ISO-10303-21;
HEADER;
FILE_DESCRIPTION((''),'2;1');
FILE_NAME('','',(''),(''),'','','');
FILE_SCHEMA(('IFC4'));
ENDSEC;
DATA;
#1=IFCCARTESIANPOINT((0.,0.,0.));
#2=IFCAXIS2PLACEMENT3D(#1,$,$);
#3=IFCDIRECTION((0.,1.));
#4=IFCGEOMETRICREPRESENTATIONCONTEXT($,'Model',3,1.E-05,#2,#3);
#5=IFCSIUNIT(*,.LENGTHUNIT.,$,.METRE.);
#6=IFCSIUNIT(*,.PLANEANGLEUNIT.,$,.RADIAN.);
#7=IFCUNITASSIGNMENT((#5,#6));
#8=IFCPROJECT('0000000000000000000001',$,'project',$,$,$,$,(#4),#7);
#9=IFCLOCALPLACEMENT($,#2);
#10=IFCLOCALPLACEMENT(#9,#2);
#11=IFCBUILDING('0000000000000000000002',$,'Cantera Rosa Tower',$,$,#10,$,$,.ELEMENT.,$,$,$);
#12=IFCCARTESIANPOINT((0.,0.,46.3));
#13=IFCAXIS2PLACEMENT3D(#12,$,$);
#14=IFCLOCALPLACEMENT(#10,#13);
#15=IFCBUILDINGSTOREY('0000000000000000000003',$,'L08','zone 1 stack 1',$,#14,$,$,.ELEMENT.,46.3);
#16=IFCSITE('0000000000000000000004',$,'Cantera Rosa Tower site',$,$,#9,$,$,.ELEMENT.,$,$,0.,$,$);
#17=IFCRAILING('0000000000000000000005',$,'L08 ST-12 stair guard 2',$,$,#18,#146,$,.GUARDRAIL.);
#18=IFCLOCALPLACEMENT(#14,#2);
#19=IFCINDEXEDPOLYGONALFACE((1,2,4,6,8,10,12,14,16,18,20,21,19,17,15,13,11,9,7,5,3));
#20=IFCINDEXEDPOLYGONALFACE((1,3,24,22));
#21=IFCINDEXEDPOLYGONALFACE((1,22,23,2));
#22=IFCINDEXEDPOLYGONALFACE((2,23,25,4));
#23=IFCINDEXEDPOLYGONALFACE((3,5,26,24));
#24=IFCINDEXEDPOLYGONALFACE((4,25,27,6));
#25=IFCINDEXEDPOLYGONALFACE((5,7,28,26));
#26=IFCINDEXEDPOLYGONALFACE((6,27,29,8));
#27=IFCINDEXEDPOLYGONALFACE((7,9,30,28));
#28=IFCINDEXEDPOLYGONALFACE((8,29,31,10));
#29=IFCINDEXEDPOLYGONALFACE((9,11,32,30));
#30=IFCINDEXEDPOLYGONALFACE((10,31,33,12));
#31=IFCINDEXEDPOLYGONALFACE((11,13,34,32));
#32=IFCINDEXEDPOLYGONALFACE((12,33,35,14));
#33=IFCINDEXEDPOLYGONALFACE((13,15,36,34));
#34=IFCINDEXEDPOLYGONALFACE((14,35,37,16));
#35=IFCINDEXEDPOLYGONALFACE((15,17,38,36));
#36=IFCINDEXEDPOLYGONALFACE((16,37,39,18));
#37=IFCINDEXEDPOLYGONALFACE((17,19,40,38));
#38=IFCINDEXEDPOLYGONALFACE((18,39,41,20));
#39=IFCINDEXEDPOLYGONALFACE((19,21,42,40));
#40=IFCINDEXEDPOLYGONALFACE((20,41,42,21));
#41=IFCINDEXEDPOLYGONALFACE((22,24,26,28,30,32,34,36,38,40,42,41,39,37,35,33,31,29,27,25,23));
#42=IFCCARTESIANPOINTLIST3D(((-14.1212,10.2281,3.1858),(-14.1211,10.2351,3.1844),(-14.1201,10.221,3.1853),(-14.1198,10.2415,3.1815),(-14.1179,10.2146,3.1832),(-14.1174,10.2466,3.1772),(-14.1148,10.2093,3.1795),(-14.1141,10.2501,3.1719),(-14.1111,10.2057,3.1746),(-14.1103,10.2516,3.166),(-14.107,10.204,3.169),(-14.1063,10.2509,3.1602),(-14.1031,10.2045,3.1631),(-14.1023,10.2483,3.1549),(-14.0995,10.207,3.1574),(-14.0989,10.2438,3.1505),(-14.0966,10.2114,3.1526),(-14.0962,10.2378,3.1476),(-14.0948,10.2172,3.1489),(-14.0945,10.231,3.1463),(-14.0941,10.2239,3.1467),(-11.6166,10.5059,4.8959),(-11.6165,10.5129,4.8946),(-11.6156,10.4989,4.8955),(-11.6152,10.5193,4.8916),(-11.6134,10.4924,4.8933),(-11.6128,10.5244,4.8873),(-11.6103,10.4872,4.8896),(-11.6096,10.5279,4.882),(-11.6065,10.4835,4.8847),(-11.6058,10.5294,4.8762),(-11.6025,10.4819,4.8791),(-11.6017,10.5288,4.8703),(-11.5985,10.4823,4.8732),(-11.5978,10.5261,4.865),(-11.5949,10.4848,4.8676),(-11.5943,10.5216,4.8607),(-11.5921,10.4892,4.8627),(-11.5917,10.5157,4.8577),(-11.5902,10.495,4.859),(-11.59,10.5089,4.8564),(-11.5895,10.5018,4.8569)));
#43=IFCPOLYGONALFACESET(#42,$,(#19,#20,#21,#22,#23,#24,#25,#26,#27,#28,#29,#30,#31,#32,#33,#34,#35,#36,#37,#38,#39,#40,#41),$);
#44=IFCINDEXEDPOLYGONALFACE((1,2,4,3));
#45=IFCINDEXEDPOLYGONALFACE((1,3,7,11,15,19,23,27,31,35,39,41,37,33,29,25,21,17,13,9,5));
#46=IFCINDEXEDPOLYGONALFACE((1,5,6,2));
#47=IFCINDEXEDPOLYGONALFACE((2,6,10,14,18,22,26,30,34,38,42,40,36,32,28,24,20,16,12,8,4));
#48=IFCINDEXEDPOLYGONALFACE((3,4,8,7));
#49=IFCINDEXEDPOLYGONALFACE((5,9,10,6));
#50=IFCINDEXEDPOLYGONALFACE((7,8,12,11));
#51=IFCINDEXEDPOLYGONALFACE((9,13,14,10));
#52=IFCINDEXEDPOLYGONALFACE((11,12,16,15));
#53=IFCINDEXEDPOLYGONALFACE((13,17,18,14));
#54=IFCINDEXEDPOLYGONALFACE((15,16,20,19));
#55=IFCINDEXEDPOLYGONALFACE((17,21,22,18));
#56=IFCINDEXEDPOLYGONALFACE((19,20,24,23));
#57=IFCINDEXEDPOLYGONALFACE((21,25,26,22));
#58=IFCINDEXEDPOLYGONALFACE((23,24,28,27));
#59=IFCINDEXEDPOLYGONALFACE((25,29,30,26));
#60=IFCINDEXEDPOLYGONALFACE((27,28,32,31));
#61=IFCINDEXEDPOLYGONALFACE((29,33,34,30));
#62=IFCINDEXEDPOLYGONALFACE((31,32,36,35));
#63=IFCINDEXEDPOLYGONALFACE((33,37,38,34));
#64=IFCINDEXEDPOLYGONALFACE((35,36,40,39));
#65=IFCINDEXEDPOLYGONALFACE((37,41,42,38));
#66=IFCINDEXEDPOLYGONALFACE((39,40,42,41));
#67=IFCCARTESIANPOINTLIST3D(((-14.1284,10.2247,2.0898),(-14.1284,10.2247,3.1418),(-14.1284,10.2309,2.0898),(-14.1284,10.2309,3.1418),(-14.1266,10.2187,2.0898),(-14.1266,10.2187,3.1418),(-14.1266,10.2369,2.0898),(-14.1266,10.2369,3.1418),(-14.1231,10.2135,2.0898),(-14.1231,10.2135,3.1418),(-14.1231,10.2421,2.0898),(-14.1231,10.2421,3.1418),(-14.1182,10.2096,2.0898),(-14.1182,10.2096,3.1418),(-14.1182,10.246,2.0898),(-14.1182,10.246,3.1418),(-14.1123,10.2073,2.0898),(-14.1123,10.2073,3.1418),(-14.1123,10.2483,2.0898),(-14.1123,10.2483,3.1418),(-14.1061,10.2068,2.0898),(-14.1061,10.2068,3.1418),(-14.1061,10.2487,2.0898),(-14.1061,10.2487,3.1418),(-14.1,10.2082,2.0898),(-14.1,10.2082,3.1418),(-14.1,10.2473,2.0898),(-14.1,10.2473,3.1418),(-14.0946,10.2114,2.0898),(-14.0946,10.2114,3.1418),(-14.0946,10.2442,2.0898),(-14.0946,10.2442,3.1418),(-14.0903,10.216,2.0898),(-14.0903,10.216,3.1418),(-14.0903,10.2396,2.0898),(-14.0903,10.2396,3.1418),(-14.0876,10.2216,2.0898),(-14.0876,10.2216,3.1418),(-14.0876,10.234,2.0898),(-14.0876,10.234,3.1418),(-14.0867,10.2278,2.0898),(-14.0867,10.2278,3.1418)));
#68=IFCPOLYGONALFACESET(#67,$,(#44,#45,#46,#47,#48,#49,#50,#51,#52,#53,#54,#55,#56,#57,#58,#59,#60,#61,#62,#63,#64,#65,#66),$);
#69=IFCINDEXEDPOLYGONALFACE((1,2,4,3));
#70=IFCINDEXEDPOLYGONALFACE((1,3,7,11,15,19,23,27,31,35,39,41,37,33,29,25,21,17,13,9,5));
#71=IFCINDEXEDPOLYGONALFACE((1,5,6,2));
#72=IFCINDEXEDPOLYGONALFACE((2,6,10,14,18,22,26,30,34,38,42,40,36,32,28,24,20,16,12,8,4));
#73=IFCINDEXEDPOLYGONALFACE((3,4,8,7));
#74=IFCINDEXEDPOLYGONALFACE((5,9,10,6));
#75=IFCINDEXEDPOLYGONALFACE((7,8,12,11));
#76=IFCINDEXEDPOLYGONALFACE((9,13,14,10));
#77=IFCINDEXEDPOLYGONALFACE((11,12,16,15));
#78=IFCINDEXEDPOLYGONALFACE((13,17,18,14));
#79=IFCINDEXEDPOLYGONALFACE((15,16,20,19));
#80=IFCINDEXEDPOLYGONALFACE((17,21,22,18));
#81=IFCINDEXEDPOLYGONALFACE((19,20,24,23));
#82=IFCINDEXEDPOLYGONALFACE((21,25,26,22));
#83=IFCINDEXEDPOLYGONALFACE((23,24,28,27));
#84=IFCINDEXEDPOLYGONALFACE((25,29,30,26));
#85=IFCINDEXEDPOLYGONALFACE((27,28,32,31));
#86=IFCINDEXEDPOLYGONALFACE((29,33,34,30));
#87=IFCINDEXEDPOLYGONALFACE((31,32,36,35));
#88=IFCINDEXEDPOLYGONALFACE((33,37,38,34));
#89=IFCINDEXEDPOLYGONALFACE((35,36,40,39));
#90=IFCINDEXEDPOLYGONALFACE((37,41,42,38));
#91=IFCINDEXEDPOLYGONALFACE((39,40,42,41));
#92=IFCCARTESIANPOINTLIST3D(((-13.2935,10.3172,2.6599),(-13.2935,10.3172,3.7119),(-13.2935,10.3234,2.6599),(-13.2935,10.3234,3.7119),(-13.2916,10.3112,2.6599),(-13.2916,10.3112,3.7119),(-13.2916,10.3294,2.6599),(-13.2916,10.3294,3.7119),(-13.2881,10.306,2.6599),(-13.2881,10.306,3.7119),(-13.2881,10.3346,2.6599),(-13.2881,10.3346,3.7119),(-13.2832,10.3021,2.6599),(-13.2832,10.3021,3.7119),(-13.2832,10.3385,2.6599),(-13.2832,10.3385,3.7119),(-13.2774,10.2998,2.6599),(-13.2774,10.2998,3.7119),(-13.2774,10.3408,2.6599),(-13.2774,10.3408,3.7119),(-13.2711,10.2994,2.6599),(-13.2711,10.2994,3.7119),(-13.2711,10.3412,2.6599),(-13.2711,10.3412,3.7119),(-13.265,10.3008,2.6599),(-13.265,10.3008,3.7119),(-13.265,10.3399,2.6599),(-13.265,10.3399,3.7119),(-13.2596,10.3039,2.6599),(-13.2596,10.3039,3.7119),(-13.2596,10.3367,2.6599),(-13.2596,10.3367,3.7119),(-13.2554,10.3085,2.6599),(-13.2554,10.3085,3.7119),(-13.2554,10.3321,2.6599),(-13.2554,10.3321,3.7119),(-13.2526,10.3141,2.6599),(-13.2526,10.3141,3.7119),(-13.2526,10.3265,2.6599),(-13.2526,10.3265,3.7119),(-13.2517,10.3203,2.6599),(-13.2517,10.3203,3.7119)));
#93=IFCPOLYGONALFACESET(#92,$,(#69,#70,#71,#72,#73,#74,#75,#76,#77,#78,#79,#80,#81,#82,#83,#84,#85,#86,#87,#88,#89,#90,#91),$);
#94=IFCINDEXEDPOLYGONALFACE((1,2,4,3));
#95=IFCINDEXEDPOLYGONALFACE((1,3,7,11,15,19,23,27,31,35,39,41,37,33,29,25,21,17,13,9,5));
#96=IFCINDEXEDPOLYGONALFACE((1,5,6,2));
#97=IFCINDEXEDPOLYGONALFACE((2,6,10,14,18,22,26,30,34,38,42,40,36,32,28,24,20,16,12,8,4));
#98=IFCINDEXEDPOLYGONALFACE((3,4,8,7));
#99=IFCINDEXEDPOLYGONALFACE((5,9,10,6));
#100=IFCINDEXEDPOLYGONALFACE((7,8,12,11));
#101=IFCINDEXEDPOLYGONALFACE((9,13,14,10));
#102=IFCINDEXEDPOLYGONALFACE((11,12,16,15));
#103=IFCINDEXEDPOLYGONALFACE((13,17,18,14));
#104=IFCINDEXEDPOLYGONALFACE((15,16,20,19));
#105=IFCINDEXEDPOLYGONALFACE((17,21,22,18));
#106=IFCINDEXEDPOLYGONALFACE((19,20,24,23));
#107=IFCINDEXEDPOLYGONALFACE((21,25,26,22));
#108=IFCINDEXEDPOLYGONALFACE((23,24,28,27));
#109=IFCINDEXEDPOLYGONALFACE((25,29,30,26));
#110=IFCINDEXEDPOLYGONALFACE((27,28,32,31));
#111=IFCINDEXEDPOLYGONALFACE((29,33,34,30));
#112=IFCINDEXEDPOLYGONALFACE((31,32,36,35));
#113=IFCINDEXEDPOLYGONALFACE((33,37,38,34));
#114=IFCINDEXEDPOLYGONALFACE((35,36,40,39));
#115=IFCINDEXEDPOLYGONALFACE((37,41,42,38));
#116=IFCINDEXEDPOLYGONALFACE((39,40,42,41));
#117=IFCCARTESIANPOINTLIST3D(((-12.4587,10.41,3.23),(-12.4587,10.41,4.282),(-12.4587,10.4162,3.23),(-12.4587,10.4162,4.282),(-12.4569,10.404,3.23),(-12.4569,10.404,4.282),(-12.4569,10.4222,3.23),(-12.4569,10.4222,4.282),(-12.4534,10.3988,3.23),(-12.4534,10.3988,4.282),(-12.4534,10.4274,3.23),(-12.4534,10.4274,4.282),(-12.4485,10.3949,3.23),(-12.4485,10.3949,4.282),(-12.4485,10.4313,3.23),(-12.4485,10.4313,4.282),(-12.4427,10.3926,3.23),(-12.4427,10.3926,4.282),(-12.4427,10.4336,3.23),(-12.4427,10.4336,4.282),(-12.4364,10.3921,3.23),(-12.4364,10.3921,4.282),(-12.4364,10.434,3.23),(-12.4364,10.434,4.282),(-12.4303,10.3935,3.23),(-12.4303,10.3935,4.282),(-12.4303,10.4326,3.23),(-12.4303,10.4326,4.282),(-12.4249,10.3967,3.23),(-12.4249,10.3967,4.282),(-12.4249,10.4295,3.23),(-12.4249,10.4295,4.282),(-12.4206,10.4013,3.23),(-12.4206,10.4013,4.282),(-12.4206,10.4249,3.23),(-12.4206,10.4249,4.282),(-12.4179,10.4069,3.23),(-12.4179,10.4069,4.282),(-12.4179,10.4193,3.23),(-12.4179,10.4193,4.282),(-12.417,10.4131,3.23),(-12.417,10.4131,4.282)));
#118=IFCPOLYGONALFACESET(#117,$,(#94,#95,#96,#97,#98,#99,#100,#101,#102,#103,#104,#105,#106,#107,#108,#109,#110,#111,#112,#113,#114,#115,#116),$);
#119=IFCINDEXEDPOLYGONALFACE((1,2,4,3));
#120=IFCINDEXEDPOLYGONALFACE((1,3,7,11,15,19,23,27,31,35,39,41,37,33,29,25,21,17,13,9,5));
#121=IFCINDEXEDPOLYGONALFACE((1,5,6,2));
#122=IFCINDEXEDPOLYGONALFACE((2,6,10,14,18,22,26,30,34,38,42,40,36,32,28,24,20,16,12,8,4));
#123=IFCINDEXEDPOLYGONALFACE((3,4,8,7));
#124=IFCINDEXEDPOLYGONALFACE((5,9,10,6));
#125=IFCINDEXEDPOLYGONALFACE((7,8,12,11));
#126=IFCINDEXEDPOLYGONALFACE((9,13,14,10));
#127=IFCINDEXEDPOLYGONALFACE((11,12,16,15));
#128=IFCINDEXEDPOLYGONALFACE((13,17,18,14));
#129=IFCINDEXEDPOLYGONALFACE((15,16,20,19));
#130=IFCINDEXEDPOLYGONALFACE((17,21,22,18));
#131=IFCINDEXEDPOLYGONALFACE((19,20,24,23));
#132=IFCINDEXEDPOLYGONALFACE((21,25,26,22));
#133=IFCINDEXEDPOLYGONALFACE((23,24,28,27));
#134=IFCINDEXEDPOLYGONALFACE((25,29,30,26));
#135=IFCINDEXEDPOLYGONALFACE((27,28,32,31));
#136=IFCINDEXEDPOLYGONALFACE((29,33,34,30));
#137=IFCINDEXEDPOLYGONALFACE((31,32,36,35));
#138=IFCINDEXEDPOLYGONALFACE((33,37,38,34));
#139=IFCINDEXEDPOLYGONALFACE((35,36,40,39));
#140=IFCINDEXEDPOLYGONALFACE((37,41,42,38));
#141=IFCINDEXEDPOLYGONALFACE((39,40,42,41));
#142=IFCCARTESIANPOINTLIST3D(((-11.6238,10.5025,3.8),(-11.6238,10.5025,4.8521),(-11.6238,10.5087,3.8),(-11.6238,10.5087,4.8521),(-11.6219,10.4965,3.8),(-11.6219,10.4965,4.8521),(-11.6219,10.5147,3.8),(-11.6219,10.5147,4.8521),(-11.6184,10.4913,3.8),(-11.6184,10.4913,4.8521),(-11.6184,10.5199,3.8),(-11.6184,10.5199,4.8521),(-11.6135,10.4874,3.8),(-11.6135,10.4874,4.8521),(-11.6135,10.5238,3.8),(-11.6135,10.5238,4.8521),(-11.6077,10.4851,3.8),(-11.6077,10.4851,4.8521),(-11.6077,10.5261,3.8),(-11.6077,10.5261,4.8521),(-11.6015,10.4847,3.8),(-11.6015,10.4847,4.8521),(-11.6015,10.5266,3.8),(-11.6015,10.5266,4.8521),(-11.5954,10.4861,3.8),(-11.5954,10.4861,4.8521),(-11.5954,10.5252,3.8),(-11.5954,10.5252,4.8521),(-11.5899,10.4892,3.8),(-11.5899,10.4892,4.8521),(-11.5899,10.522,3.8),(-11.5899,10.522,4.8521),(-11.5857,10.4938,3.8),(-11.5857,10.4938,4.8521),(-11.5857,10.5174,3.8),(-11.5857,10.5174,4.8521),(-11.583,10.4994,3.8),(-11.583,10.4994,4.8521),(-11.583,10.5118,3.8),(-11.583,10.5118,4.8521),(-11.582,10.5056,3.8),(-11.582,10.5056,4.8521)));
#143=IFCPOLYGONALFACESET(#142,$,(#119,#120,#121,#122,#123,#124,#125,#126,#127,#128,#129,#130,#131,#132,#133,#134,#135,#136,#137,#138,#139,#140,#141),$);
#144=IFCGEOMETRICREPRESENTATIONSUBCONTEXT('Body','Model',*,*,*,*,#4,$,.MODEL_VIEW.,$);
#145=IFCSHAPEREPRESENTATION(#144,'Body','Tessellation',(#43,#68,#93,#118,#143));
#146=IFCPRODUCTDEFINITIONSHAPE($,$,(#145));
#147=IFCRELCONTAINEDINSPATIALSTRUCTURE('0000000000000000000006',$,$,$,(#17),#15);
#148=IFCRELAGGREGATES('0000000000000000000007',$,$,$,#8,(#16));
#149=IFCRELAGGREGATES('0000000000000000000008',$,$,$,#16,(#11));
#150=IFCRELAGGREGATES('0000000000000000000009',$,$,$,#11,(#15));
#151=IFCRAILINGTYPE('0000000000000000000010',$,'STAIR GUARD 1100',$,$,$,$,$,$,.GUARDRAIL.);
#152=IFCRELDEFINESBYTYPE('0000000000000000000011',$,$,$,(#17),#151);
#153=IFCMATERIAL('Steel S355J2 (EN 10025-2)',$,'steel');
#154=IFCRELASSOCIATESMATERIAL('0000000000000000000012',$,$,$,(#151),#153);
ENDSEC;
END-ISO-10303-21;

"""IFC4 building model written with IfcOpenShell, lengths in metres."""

from ifc_helpers import new_model, si_unit, direction, frame, origin, origin_2d, place, context, subcontext, project, spatial, circle, extrude, material, type_object, element, save


model = new_model("IFC4")

# Units and contexts
model_context = context("Model", 3, precision=1e-05, world=origin(), true_north=direction((0.0, 1.0)))
body_context = subcontext(model_context, "Body", "Model", "MODEL_VIEW")
ifc_project = project(units=[si_unit("LENGTHUNIT", "METRE"), si_unit("PLANEANGLEUNIT", "RADIAN")], contexts=[model_context])

# Site, building, storey
site_placement = place(None, origin())
site = spatial("IfcSite", under=ifc_project, at=site_placement, Name="Cantera Rosa Tower site", CompositionType="ELEMENT", RefElevation=0.0)
building_placement = place(site_placement, origin())
building = spatial("IfcBuilding", under=site, at=building_placement, Name="Cantera Rosa Tower", CompositionType="ELEMENT")
storey_placement = place(building_placement, frame((0.0, 0.0, 46.3)))
storey = spatial("IfcBuildingStorey", under=building, at=storey_placement, Name="L08", Description="zone 1 stack 1", CompositionType="ELEMENT", Elevation=46.3)

# Railing
ifc_material_1 = material(Name="Steel S355J2 (EN 10025-2)", Category="steel")
railing_type = type_object("IfcRailingType", Name="STAIR GUARD 1100", PredefinedType="GUARDRAIL", material=ifc_material_1)
railing_1_placement = place(storey_placement, frame((-14.1077, 10.2278, 2.0898)))
element("IfcRailing", 1, at=railing_1_placement, inside=storey, type_object=railing_type, Name="L08 ST-12 stair guard 2", PredefinedType="GUARDRAIL", context=body_context, shape_type="SweptSolid", body=[
    extrude(circle(Radius=0.0239, at=origin_2d()), frame((0.0, 0.0, 1.0762), z_axis=(0.8224, 0.091226, 0.561547), x_axis=(-0.110251, 0.993904, 0.0)), (0.0, 0.0, 1.0), 3.0454),
    extrude(circle(Radius=0.021, at=origin_2d()), origin(), (0.0, 0.0, 1.0), 1.052),
    extrude(circle(Radius=0.021, at=origin_2d()), frame((0.835, 0.0925, 0.5701)), (0.0, 0.0, 1.0), 1.052),
    extrude(circle(Radius=0.021, at=origin_2d()), frame((1.6697, 0.1853, 1.1401)), (0.0, 0.0, 1.0), 1.052),
    extrude(circle(Radius=0.021, at=origin_2d()), frame((2.5046, 0.2778, 1.7102)), (0.0, 0.0, 1.0), 1.052),
])

save(model, "model.ifc")
